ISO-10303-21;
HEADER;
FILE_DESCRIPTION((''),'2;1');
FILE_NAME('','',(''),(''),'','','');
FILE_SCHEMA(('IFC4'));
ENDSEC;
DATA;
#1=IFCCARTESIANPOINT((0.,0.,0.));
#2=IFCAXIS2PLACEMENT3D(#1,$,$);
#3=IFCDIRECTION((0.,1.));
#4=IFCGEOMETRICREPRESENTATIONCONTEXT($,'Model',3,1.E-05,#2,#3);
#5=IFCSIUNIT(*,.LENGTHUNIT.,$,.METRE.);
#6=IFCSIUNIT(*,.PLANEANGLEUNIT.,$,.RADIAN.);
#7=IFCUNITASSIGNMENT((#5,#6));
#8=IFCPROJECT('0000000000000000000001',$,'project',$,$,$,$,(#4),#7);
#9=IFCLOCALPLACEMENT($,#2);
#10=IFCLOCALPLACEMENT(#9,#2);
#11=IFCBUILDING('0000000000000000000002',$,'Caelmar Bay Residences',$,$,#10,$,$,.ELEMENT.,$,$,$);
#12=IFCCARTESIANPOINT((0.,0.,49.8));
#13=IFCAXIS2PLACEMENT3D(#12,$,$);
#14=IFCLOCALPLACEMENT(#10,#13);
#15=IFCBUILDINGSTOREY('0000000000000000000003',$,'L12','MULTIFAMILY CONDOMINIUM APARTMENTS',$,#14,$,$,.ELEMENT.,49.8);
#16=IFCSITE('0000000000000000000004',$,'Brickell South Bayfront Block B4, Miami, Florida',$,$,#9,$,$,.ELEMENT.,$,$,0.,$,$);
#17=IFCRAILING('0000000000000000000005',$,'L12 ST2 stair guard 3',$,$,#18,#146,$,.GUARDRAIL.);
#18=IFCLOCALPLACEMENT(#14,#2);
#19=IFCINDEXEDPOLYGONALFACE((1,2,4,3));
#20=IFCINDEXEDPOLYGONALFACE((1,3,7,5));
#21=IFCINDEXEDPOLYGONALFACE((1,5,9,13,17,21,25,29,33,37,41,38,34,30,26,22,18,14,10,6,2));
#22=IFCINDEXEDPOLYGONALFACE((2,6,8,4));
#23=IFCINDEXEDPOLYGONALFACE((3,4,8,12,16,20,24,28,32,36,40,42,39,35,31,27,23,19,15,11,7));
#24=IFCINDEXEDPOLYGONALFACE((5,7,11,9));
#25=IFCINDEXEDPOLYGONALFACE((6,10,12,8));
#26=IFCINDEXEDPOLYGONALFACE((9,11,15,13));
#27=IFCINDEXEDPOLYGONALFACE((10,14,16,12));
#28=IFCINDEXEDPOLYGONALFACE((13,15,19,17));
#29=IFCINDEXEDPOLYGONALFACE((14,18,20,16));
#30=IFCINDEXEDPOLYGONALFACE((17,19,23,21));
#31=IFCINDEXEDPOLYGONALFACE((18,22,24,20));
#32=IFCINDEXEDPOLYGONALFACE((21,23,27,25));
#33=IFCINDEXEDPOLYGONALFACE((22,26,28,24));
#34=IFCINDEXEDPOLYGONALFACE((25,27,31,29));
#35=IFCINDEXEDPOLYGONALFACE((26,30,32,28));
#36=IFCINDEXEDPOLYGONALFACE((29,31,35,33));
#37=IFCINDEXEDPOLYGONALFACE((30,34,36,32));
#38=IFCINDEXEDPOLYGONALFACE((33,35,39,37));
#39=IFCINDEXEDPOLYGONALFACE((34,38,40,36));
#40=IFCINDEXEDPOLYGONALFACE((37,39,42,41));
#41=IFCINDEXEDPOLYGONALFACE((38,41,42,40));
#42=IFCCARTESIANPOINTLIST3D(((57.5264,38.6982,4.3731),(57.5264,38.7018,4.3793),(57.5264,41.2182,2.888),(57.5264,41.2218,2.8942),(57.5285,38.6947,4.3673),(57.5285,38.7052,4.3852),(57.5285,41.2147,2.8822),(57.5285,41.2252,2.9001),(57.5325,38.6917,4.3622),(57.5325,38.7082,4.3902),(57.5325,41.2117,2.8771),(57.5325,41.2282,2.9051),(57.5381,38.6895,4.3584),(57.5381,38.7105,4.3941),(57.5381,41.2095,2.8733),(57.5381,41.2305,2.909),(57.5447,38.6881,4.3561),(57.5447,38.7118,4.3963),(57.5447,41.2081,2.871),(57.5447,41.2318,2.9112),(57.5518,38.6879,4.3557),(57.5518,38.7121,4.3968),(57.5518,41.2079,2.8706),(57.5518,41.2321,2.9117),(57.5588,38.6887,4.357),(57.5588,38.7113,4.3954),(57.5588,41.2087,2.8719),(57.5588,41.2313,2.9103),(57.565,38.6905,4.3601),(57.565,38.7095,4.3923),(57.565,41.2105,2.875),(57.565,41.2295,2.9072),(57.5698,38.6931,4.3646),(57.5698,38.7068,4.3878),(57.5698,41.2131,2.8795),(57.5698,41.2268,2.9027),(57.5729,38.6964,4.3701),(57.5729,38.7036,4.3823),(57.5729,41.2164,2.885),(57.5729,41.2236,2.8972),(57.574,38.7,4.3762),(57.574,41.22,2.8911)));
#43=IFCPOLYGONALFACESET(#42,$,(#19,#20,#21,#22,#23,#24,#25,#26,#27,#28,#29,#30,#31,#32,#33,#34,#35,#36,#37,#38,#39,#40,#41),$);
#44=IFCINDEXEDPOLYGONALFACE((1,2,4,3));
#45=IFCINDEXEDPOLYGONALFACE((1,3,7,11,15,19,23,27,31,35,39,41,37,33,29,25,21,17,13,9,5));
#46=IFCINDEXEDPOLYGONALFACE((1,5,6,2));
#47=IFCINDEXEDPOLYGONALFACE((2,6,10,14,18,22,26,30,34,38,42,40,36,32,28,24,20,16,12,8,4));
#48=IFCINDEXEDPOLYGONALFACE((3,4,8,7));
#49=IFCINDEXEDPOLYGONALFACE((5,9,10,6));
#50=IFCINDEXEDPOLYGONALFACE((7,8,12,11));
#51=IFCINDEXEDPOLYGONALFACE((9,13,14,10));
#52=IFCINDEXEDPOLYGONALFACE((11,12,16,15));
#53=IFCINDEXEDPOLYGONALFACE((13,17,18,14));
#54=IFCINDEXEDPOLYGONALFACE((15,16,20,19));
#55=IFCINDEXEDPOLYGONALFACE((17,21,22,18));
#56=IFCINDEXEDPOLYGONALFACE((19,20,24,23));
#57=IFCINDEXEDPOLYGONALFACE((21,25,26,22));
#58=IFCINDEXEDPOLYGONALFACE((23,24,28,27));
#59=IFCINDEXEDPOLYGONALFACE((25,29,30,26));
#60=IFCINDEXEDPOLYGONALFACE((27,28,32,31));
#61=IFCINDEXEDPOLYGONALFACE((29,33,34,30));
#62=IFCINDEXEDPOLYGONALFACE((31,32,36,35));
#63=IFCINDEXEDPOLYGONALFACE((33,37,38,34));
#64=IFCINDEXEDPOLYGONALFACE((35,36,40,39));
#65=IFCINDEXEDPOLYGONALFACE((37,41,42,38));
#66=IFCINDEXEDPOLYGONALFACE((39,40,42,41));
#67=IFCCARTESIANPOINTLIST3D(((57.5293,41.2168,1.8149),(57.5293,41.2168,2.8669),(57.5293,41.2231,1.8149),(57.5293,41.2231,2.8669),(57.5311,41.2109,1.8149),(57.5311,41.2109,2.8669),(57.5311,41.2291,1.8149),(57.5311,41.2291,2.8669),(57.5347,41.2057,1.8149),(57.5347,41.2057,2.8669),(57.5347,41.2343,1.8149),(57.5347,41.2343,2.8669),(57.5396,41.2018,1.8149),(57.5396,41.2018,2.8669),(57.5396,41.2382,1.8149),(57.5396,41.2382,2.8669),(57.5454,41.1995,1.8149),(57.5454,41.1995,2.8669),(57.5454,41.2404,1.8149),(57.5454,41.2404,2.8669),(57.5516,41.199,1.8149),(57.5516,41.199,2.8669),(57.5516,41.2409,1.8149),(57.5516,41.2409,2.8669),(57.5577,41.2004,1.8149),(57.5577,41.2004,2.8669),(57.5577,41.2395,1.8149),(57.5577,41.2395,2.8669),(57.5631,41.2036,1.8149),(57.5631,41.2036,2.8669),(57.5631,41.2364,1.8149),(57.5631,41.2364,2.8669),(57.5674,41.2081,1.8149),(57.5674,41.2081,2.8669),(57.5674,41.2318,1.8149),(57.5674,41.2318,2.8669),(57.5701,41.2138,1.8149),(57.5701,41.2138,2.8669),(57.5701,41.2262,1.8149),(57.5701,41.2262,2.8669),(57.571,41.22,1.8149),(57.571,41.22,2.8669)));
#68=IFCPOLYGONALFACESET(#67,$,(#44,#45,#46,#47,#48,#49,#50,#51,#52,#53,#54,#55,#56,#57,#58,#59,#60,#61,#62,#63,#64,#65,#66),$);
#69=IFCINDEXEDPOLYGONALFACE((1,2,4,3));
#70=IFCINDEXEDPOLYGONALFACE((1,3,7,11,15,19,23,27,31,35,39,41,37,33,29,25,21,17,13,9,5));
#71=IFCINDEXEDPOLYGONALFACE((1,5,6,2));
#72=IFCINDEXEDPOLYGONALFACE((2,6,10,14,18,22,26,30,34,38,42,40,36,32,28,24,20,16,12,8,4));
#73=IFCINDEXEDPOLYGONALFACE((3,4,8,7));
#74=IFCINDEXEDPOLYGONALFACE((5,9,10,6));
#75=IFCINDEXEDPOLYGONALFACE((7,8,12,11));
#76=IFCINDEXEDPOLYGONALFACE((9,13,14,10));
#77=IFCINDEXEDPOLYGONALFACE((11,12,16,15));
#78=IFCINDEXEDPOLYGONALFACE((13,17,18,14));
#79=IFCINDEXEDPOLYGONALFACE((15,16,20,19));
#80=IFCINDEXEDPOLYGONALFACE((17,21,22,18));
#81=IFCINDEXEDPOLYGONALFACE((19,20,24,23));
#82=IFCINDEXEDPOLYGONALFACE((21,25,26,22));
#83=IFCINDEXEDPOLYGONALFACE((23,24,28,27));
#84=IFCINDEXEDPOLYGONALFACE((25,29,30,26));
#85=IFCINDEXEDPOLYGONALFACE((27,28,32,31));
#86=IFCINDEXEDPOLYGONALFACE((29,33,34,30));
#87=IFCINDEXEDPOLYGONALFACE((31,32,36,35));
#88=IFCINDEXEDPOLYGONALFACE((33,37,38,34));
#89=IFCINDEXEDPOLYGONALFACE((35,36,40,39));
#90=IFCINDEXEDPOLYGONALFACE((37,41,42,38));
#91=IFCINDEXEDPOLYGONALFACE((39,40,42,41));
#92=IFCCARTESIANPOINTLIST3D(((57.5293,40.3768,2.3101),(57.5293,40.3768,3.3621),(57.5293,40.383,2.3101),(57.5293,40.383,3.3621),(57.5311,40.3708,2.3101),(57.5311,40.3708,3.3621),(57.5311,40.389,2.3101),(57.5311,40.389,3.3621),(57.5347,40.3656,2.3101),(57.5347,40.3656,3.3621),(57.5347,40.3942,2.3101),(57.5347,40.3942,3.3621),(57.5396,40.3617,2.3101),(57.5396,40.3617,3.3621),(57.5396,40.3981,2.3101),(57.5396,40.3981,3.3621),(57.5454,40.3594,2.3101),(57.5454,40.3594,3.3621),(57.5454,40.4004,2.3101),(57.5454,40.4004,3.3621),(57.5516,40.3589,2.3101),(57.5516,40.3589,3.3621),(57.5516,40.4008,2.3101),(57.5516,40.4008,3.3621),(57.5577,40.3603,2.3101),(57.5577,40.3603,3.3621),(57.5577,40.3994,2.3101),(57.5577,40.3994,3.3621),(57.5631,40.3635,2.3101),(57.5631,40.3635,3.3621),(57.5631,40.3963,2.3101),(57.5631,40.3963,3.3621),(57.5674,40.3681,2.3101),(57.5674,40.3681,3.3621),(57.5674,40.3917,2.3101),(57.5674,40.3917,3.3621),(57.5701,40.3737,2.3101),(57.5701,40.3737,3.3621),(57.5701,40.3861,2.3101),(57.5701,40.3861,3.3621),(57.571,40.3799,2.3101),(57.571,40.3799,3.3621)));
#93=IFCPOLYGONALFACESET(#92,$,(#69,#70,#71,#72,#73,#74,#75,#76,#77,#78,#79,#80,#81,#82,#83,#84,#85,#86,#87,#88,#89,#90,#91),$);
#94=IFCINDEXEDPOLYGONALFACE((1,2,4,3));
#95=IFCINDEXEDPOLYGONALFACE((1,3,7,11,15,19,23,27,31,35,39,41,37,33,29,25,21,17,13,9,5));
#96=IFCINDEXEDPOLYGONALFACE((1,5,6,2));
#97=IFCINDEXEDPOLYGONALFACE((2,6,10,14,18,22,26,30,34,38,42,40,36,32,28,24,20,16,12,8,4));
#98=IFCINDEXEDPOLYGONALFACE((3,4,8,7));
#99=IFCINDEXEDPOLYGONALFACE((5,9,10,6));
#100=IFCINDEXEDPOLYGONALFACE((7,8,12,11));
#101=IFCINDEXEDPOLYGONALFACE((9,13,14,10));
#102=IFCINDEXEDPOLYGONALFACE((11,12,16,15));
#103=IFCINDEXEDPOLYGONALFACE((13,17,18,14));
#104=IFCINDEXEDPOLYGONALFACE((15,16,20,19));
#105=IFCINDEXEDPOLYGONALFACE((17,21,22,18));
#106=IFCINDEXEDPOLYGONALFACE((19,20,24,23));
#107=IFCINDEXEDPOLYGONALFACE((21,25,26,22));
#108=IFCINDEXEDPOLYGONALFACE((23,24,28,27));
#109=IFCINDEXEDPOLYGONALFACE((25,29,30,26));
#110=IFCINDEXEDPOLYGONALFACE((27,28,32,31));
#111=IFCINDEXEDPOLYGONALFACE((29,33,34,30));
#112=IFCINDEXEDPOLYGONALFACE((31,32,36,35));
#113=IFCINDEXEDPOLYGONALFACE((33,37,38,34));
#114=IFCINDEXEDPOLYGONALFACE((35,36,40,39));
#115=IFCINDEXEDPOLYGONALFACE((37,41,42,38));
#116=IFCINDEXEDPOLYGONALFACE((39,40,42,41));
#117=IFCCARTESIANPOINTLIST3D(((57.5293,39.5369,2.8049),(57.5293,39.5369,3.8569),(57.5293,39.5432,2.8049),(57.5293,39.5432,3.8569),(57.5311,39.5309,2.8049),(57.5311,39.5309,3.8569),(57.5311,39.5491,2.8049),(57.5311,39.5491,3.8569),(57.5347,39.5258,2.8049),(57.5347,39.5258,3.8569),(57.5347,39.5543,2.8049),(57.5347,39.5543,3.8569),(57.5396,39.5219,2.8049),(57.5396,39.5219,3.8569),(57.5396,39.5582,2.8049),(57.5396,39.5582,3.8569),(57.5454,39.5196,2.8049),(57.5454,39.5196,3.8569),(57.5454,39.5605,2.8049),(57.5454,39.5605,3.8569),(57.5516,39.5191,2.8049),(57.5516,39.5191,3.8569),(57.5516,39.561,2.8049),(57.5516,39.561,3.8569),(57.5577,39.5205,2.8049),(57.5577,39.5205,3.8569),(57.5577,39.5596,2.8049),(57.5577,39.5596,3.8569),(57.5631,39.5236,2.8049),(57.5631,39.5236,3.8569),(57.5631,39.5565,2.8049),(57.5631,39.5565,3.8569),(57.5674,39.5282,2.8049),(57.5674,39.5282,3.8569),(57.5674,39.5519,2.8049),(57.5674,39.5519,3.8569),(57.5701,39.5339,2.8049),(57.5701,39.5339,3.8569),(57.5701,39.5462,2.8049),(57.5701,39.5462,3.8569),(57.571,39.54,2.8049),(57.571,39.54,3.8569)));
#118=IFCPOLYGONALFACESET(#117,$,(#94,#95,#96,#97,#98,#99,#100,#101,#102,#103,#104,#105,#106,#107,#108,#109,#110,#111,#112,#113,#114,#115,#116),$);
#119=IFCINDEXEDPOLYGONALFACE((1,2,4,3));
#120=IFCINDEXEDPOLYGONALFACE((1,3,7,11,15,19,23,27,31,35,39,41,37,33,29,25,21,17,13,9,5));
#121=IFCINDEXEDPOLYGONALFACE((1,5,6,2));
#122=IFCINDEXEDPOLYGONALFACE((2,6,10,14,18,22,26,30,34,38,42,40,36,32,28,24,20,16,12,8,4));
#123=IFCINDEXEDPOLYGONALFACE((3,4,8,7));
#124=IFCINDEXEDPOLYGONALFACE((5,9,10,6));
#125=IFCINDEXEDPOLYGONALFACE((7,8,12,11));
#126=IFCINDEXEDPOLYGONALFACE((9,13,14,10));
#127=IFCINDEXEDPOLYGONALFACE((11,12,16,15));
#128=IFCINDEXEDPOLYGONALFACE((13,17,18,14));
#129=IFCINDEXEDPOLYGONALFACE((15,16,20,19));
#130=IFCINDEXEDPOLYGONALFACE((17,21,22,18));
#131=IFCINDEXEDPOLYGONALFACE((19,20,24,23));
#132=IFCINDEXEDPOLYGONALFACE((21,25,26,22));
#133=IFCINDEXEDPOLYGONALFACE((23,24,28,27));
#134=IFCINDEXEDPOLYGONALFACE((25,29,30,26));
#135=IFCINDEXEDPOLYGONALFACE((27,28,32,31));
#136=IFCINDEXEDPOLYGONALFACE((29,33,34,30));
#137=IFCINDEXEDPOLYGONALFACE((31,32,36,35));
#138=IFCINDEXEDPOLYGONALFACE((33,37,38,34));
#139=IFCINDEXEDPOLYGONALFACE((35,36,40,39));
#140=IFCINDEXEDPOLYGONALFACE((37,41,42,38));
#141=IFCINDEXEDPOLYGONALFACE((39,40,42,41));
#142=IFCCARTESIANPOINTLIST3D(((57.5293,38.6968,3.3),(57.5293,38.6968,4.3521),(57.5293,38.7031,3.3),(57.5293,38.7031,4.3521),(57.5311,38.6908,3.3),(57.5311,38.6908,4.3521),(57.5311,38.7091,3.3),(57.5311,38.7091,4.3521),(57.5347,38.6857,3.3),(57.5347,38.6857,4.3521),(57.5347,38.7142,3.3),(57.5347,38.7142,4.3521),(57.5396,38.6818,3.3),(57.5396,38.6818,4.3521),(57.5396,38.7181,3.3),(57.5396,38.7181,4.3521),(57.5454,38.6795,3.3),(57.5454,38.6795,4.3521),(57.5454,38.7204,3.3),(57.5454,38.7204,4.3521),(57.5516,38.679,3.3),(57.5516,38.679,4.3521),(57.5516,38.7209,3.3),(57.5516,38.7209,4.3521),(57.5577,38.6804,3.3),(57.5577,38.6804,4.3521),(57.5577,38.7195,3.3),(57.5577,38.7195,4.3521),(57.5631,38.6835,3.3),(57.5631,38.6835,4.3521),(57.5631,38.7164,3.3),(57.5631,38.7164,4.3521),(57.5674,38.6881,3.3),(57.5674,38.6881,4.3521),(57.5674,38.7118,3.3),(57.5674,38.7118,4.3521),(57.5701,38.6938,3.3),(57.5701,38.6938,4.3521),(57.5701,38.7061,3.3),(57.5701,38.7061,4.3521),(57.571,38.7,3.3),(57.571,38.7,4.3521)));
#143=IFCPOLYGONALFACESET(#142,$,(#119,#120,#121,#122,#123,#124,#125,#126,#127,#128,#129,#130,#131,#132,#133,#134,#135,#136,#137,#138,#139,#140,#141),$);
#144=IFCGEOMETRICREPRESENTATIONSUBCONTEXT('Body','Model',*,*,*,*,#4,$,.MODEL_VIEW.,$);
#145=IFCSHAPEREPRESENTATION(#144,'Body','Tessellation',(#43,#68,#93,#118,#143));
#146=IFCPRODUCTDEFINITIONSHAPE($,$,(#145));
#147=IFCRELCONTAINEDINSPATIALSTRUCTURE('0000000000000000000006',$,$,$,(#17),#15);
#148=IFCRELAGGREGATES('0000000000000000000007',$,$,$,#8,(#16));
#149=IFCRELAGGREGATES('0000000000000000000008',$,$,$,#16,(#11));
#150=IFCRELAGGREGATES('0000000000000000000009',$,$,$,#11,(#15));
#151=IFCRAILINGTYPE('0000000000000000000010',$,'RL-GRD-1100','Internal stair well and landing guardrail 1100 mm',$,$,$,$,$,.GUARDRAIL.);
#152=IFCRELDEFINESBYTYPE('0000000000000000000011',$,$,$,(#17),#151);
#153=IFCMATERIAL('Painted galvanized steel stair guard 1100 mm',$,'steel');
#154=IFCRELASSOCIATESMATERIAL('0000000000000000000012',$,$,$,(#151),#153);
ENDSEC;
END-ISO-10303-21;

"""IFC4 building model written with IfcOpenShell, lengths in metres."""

from ifc_helpers import new_model, si_unit, direction, frame, origin, origin_2d, place, context, subcontext, project, spatial, circle, extrude, material, type_object, element, save


model = new_model("IFC4")

# Units and contexts
model_context = context("Model", 3, precision=1e-05, world=origin(), true_north=direction((0.0, 1.0)))
body_context = subcontext(model_context, "Body", "Model", "MODEL_VIEW")
ifc_project = project(units=[si_unit("LENGTHUNIT", "METRE"), si_unit("PLANEANGLEUNIT", "RADIAN")], contexts=[model_context])

# Site, building, storey
site_placement = place(None, origin())
site = spatial("IfcSite", under=ifc_project, at=site_placement, Name="Brickell South Bayfront Block B4, Miami, Florida", CompositionType="ELEMENT", RefElevation=0.0)
building_placement = place(site_placement, origin())
building = spatial("IfcBuilding", under=site, at=building_placement, Name="Caelmar Bay Residences", CompositionType="ELEMENT")
storey_placement = place(building_placement, frame((0.0, 0.0, 49.8)))
storey = spatial("IfcBuildingStorey", under=building, at=storey_placement, Name="L12", Description="MULTIFAMILY CONDOMINIUM APARTMENTS", CompositionType="ELEMENT", Elevation=49.8)

# Railing
ifc_material_1 = material(Name="Painted galvanized steel stair guard 1100 mm", Category="steel")
railing_type_1 = type_object("IfcRailingType", Name="RL-GRD-1100", Description="Internal stair well and landing guardrail 1100 mm", PredefinedType="GUARDRAIL", material=ifc_material_1)
railing_1_placement = place(storey_placement, frame((57.55, 41.22, 1.8149)))
element("IfcRailing", 1, at=railing_1_placement, inside=storey, type_object=railing_type_1, Name="L12 ST2 stair guard 3", PredefinedType="GUARDRAIL", context=body_context, shape_type="SweptSolid", body=[
    extrude(circle(Radius=0.0239, at=origin_2d()), frame((0.0, 0.0, 1.0762), z_axis=(0.0, -0.861524, 0.507717), x_axis=(1.0, 0.0, 0.0)), (0.0, 0.0, 1.0), 2.925),
    extrude(circle(Radius=0.021, at=origin_2d()), origin(), (0.0, 0.0, 1.0), 1.052),
    extrude(circle(Radius=0.021, at=origin_2d()), frame((0.0, -0.8401, 0.4951)), (0.0, 0.0, 1.0), 1.052),
    extrude(circle(Radius=0.021, at=origin_2d()), frame((0.0, -1.6799, 0.99)), (0.0, 0.0, 1.0), 1.052),
    extrude(circle(Radius=0.021, at=origin_2d()), frame((0.0, -2.52, 1.4851)), (0.0, 0.0, 1.0), 1.052),
])

save(model, "model.ifc")
